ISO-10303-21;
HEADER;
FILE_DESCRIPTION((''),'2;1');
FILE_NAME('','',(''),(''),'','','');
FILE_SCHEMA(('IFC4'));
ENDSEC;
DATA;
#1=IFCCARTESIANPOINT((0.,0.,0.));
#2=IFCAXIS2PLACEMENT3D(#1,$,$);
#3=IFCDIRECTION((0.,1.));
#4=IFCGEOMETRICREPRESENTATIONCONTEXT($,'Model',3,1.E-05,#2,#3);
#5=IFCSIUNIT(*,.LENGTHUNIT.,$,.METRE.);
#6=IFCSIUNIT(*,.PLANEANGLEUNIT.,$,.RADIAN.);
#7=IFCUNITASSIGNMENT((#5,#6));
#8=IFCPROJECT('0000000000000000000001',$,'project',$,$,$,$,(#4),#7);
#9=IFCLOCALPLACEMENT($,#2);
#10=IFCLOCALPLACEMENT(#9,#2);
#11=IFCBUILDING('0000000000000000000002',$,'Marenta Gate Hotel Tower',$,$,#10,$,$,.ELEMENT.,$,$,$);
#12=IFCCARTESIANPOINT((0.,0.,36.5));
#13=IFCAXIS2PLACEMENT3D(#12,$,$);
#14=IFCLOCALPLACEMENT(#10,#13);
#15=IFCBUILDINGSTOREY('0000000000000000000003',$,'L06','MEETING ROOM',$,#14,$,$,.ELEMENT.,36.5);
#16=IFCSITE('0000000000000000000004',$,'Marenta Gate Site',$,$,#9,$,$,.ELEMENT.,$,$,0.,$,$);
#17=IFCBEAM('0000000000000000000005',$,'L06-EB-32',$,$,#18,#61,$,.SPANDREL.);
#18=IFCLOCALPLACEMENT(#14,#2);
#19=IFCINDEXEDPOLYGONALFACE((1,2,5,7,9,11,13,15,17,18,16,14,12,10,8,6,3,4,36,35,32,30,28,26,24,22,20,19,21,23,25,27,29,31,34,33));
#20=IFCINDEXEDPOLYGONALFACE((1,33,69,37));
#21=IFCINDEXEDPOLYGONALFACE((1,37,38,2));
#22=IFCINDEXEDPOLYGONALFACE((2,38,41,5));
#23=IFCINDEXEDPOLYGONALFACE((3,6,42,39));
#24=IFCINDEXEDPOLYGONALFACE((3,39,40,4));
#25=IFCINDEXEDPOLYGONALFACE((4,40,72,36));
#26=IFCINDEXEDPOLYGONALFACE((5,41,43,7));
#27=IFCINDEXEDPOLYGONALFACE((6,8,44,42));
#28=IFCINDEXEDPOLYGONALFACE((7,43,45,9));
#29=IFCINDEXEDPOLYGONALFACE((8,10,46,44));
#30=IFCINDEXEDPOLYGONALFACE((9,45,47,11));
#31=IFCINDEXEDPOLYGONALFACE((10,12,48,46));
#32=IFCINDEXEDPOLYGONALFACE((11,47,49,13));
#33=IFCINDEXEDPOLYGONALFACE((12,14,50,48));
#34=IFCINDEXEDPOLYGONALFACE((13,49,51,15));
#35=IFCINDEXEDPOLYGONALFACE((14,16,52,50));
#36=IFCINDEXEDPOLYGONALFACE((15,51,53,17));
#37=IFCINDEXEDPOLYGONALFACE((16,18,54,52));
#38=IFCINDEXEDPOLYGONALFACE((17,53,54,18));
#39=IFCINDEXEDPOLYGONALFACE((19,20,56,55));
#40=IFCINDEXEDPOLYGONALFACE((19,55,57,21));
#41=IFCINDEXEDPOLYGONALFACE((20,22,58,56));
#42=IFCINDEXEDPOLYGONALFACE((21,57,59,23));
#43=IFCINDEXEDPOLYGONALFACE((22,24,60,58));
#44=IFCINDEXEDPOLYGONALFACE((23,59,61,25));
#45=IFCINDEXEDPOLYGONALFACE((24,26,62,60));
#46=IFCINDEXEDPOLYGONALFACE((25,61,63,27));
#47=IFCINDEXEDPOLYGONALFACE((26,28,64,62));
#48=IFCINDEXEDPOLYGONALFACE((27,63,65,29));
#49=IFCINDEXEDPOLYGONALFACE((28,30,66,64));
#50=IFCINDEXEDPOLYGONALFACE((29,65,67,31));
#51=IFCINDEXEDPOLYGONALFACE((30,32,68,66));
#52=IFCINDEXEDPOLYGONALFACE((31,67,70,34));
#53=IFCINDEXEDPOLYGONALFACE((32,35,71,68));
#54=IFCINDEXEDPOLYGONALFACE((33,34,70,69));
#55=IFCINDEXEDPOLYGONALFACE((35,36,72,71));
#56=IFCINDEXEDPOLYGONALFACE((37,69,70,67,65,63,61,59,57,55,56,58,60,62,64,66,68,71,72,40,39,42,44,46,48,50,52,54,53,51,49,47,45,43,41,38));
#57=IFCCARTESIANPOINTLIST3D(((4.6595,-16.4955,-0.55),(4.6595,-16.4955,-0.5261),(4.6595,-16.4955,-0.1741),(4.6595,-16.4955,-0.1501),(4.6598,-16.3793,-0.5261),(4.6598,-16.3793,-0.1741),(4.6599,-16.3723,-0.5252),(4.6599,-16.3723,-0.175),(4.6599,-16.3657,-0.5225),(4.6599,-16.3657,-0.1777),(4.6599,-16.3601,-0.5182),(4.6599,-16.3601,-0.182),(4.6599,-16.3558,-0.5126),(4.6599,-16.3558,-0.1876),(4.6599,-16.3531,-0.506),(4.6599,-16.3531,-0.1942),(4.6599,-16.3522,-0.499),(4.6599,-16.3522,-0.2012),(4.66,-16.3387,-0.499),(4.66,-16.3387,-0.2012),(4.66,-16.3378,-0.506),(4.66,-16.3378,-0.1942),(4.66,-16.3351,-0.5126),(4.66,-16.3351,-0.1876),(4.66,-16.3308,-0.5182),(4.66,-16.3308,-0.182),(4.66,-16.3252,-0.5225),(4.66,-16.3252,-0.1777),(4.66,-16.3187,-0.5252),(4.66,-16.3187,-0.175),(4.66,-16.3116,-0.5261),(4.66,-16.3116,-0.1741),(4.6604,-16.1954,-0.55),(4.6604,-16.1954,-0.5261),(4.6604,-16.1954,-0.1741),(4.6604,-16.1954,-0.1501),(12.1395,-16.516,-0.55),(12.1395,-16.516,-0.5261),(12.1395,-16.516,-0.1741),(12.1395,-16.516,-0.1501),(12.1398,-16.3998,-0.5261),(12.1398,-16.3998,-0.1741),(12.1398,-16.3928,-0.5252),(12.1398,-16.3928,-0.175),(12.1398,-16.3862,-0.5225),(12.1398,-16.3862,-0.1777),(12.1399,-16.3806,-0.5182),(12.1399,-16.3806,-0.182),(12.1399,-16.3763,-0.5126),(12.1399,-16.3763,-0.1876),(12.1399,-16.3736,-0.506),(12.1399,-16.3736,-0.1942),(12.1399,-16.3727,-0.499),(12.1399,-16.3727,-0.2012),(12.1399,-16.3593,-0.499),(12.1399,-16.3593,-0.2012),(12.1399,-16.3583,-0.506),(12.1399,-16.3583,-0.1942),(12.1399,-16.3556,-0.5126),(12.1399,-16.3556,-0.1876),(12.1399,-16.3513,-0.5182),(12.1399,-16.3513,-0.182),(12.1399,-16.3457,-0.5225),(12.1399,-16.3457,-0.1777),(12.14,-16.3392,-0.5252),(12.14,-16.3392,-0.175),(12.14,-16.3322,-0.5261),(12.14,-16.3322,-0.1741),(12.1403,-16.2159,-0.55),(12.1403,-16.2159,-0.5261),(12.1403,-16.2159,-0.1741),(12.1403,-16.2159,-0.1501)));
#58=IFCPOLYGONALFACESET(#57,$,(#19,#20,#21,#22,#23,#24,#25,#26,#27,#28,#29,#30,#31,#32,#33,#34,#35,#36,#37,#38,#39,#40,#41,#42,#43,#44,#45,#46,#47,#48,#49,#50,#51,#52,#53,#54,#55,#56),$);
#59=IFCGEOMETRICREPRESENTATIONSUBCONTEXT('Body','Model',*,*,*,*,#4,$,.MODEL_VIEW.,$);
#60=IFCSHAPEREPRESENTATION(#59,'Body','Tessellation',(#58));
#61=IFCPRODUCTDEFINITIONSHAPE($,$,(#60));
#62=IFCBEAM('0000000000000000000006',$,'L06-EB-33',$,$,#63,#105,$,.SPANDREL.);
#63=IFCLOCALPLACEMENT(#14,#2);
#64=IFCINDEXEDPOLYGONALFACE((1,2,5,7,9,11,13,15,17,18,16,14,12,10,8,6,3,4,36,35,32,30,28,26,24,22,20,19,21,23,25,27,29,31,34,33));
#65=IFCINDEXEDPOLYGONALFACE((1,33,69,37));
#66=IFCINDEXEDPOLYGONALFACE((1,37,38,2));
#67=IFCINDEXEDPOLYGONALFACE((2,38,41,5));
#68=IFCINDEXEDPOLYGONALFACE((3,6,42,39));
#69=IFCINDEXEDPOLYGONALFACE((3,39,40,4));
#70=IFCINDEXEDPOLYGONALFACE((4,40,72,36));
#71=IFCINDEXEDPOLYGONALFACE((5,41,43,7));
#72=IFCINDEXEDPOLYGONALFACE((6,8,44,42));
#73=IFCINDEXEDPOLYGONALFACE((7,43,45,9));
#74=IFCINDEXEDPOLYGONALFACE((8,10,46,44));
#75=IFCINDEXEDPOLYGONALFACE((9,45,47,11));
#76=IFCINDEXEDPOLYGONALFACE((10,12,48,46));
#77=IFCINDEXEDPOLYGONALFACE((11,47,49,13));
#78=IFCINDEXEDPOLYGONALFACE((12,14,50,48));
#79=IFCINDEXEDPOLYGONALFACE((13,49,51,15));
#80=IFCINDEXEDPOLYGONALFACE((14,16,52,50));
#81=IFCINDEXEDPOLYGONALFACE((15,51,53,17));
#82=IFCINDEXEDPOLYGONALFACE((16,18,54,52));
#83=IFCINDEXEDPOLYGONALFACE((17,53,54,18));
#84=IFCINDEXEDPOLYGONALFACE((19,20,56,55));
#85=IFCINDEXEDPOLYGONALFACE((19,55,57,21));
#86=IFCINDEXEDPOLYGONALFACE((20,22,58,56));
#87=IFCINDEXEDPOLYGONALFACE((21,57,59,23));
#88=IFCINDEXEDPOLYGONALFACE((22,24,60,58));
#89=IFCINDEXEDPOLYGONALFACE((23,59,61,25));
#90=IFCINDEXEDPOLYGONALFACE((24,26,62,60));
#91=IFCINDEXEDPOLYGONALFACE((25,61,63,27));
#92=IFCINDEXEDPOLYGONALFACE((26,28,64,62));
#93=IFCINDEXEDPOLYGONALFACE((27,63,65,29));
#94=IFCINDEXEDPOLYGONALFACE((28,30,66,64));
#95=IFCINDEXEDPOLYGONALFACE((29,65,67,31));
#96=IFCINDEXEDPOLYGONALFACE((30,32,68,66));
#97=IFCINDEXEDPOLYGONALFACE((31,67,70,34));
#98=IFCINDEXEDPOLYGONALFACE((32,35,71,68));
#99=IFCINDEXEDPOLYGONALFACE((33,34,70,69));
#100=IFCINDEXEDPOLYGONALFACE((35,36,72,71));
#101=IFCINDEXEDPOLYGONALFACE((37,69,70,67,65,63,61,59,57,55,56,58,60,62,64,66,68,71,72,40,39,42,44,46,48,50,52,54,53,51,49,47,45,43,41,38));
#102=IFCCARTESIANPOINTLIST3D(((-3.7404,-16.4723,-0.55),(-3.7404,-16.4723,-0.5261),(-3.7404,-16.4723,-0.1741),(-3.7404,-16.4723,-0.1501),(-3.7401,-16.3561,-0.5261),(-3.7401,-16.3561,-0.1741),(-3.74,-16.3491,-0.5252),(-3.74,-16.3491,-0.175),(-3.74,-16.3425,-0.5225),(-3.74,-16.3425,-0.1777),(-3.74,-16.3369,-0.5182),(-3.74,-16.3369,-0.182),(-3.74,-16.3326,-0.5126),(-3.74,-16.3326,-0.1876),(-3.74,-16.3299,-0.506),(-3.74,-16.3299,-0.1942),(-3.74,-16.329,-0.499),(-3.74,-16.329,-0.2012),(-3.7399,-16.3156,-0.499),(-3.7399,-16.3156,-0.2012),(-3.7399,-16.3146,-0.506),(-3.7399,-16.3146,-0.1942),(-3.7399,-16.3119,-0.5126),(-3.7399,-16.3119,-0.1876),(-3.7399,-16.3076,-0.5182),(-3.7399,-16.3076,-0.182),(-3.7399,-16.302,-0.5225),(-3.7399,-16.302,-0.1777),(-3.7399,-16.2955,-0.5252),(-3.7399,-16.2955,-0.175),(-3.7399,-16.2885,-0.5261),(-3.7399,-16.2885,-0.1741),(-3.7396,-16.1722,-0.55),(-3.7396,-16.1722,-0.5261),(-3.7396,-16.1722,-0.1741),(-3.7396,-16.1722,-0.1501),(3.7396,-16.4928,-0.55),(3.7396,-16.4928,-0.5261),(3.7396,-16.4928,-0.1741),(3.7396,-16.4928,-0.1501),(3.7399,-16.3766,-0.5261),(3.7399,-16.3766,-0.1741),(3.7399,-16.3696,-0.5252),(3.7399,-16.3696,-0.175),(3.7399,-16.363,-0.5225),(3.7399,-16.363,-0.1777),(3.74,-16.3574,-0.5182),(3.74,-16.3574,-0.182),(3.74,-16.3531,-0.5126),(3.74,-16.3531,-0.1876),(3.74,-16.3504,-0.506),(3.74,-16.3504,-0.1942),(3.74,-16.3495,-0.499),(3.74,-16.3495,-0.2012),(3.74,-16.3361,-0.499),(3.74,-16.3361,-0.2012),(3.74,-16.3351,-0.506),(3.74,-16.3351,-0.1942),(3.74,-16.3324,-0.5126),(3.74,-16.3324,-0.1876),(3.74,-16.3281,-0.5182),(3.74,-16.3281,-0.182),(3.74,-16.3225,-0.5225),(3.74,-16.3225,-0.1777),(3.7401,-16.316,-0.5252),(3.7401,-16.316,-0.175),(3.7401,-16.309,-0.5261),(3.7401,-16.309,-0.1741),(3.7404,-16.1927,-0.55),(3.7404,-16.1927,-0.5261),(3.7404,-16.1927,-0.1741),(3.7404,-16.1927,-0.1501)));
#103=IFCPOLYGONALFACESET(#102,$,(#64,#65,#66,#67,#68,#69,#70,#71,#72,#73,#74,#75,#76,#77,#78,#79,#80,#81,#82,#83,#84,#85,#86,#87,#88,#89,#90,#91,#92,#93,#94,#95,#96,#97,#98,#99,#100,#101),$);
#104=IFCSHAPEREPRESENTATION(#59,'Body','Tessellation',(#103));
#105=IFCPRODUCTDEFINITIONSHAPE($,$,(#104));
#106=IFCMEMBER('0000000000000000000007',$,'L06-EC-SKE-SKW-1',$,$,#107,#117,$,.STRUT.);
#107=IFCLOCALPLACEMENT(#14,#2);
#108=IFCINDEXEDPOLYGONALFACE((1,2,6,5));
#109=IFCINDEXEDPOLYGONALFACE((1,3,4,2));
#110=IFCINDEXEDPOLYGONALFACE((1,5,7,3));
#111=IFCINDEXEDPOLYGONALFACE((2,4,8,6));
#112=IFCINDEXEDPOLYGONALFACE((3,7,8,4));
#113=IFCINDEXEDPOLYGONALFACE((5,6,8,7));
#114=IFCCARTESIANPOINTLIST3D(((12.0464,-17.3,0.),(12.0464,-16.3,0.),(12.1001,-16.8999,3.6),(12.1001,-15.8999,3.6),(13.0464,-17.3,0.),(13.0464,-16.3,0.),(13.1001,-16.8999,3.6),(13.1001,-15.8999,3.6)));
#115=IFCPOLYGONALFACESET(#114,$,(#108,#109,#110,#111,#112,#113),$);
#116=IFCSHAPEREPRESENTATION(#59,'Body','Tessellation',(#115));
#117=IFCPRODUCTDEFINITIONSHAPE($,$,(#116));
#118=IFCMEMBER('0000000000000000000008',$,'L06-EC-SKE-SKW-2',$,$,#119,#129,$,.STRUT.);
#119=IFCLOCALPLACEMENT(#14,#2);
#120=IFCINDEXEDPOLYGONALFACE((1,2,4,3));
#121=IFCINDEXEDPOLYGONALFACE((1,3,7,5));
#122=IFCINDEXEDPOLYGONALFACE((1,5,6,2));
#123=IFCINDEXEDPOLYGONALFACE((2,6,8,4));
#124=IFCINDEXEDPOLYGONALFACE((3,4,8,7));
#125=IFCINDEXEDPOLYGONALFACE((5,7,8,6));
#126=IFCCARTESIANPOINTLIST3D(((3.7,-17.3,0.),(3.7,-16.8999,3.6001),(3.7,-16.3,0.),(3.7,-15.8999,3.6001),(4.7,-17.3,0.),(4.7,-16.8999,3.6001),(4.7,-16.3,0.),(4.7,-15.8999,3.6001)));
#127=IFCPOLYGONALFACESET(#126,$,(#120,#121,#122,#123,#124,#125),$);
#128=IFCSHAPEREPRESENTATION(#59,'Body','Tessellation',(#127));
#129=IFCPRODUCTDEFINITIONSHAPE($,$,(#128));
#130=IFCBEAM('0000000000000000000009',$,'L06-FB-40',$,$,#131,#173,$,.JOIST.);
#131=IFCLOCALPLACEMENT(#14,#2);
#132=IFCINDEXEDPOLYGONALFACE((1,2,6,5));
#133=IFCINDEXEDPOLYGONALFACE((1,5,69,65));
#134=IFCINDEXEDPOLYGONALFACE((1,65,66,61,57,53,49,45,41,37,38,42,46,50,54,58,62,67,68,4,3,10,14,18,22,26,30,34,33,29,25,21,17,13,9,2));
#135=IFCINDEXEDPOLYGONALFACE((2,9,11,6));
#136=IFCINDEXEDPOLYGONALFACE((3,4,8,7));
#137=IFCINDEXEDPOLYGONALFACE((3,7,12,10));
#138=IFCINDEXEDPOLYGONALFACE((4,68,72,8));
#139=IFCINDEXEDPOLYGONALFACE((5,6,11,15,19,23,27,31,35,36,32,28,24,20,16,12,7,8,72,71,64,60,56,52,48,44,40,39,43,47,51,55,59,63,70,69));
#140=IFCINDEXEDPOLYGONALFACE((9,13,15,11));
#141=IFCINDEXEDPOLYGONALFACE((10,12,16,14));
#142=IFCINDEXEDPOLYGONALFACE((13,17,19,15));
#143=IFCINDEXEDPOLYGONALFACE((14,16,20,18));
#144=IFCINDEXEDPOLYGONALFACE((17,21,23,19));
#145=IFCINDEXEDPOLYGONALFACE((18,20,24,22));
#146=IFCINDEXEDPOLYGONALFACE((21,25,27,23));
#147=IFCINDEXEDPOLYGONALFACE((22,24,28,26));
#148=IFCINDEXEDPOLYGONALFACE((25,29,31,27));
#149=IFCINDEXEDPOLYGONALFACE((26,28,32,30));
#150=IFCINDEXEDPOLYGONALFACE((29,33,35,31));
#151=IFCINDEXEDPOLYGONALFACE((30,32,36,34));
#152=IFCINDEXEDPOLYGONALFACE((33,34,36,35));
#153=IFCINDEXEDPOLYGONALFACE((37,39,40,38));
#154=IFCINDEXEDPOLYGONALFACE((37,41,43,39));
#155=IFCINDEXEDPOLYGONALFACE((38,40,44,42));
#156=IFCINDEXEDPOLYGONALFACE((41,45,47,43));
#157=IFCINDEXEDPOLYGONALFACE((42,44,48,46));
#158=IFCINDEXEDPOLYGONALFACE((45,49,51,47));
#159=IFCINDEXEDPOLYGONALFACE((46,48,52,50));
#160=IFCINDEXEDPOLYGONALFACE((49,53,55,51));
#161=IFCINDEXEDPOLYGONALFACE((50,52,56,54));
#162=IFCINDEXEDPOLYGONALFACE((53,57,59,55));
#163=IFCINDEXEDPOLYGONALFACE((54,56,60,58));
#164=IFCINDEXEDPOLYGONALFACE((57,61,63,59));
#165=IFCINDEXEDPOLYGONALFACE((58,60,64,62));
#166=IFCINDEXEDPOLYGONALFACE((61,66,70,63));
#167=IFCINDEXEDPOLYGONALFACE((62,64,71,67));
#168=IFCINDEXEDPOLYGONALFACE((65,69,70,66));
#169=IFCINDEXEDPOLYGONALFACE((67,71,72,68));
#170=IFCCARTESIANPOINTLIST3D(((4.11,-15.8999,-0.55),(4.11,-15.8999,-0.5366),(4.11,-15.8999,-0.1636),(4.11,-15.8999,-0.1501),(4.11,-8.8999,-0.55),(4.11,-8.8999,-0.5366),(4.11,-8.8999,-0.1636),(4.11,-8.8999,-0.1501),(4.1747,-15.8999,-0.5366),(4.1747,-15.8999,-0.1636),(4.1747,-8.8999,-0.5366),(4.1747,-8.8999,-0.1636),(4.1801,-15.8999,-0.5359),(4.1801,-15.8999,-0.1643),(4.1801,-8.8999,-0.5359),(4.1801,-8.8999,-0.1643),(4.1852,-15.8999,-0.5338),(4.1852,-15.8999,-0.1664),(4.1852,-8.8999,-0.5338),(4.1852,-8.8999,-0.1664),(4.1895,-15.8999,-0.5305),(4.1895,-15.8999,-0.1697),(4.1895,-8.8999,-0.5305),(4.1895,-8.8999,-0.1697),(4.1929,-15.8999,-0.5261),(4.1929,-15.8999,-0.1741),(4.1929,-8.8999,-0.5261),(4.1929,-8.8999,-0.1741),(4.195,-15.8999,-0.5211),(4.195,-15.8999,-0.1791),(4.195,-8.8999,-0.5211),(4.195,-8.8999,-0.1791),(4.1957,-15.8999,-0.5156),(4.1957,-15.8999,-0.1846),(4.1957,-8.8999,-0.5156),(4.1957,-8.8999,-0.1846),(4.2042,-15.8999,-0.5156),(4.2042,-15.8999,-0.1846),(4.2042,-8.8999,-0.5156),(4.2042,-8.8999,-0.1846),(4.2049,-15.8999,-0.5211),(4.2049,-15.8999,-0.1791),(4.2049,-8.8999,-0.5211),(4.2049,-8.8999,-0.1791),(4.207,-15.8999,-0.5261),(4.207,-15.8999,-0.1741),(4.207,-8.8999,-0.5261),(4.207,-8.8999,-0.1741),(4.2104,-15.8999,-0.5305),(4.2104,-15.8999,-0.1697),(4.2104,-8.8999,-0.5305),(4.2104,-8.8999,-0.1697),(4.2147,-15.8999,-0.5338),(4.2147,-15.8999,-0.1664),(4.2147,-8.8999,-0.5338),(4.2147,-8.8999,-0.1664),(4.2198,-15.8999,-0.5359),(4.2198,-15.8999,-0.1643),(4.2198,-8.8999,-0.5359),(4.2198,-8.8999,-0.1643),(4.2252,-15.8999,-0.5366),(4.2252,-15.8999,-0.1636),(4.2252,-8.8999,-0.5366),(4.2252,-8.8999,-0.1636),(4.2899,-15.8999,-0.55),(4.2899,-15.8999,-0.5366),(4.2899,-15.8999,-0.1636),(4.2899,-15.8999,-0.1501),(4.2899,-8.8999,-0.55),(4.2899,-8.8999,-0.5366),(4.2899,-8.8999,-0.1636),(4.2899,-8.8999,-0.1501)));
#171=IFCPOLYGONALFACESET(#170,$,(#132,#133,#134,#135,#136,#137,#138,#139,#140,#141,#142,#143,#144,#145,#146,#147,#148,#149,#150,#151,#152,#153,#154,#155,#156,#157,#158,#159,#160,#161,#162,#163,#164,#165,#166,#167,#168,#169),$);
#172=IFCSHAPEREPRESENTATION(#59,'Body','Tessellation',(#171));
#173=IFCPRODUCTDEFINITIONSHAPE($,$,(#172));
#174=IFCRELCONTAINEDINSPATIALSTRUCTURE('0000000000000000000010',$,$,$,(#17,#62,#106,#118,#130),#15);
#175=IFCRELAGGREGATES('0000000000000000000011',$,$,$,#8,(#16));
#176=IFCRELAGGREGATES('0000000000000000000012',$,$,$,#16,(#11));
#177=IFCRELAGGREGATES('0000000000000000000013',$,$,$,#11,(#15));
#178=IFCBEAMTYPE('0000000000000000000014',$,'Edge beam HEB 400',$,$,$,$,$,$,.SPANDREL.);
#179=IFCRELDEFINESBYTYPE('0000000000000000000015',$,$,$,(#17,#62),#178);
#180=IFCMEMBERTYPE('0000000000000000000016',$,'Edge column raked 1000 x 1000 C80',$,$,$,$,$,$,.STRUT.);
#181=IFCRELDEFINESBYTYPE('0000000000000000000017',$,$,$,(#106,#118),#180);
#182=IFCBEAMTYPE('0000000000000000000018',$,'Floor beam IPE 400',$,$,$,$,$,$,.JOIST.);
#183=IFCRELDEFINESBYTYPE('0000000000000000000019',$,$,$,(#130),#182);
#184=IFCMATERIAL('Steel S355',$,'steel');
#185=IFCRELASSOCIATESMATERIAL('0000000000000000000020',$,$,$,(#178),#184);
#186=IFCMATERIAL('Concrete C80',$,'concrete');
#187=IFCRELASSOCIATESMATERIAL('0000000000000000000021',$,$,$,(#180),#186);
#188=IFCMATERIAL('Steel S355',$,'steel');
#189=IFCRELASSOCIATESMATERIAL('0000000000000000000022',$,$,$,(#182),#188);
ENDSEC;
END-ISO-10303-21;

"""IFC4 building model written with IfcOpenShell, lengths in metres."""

from ifc_helpers import new_model, si_unit, direction, frame, origin, origin_2d, place, context, subcontext, project, spatial, rectangle, i_section, extrude, material, material_profile, profile_set, type_object, element, save


model = new_model("IFC4")

# Units and contexts
model_context = context("Model", 3, precision=1e-05, world=origin(), true_north=direction((0.0, 1.0)))
body_context = subcontext(model_context, "Body", "Model", "MODEL_VIEW")
ifc_project = project(units=[si_unit("LENGTHUNIT", "METRE"), si_unit("PLANEANGLEUNIT", "RADIAN")], contexts=[model_context])

# Site, building, storey
site_placement = place(None, origin())
site = spatial("IfcSite", under=ifc_project, at=site_placement, Name="Marenta Gate Site", CompositionType="ELEMENT", RefElevation=0.0)
building_placement = place(site_placement, origin())
building = spatial("IfcBuilding", under=site, at=building_placement, Name="Marenta Gate Hotel Tower", CompositionType="ELEMENT")
storey_placement = place(building_placement, frame((0.0, 0.0, 36.5)))
storey = spatial("IfcBuildingStorey", under=building, at=storey_placement, Name="L06", Description="MEETING ROOM", CompositionType="ELEMENT", Elevation=36.5)

# Beams
ifc_material_1 = material(Name="Steel S355", Category="steel")
ifc_material_profile_1 = material_profile(ifc_material_1, i_section(OverallWidth=0.3, OverallDepth=0.3999, WebThickness=0.0134, FlangeThickness=0.0239, FilletRadius=0.0271, at=origin_2d()), Name="HEB 400")
ifc_profile_set_1 = profile_set([ifc_material_profile_1], Name="Steel S355")
beam_type_1 = type_object("IfcBeamType", Name="Edge beam HEB 400", PredefinedType="SPANDREL", material=ifc_profile_set_1)
for number, where, z_axis, x_axis, name in (
    (1, (12.1399, -16.366, -0.3501), (-0.999996, 0.002742, 0.0), (-0.002742, -0.999996, 0.0), "L06-EB-32"),
    (2, (3.74, -16.3428, -0.3501), (-0.999996, 0.002742, 0.0), (-0.002742, -0.999996, 0.0), "L06-EB-33"),
):
    element("IfcBeam", number, at=place(storey_placement, frame(where, z_axis=z_axis, x_axis=x_axis)), inside=storey, type_object=beam_type_1, Name=name, PredefinedType="SPANDREL", context=body_context, shape_type="SweptSolid", body=[
        extrude(i_section(OverallWidth=0.3, OverallDepth=0.3999, WebThickness=0.0134, FlangeThickness=0.0239, FilletRadius=0.0271, at=origin_2d()), origin(), (0.0, 0.0, 1.0), 7.48),
    ])

# Members
ifc_material_2 = material(Name="Concrete C80", Category="concrete")
ifc_material_profile_2 = material_profile(ifc_material_2, rectangle(XDim=1.0, YDim=1.0, at=origin_2d()), Name="1000 x 1000")
ifc_profile_set_2 = profile_set([ifc_material_profile_2], Name="Concrete C80")
member_type_1 = type_object("IfcMemberType", Name="Edge column raked 1000 x 1000 C80", PredefinedType="STRUT", material=ifc_profile_set_2)
member_1_placement = place(storey_placement, frame((12.5464, -16.8, 0.0), z_axis=(0.0, 0.0, 1.0), x_axis=(1.0, 0.0, 0.0)))
element("IfcMember", 3, at=member_1_placement, inside=storey, type_object=member_type_1, Name="L06-EC-SKE-SKW-1", PredefinedType="STRUT", context=body_context, shape_type="SweptSolid", body=[
    extrude(rectangle(XDim=1.0, YDim=1.0, at=origin_2d()), origin(), (0.014826, 0.110456, 0.99377), 3.6226),
])
member_2_placement = place(storey_placement, frame((4.2, -16.8, 0.0), z_axis=(0.0, 0.0, 1.0), x_axis=(1.0, 0.0, 0.0)))
element("IfcMember", 4, at=member_2_placement, inside=storey, type_object=member_type_1, Name="L06-EC-SKE-SKW-2", PredefinedType="STRUT", context=body_context, shape_type="SweptSolid", body=[
    extrude(rectangle(XDim=1.0, YDim=1.0, at=origin_2d()), origin(), (0.0, 0.110469, 0.99388), 3.6223),
])

# Beam
ifc_material_3 = material(Name="Steel S355", Category="steel")
ifc_material_profile_3 = material_profile(ifc_material_3, i_section(OverallWidth=0.1799, OverallDepth=0.3999, WebThickness=0.0085, FlangeThickness=0.0134, FilletRadius=0.021, at=origin_2d()), Name="IPE 400")
ifc_profile_set_3 = profile_set([ifc_material_profile_3], Name="Steel S355")
beam_type_2 = type_object("IfcBeamType", Name="Floor beam IPE 400", PredefinedType="JOIST", material=ifc_profile_set_3)
beam_1_placement = place(storey_placement, frame((4.2, -15.8999, -0.3501), z_axis=(0.0, 1.0, 0.0), x_axis=(-1.0, 0.0, 0.0)))
element("IfcBeam", 5, at=beam_1_placement, inside=storey, type_object=beam_type_2, Name="L06-FB-40", PredefinedType="JOIST", context=body_context, shape_type="SweptSolid", body=[
    extrude(i_section(OverallWidth=0.1799, OverallDepth=0.3999, WebThickness=0.0085, FlangeThickness=0.0134, FilletRadius=0.021, at=origin_2d()), origin(), (0.0, 0.0, 1.0), 7.0),
])

save(model, "model.ifc")
